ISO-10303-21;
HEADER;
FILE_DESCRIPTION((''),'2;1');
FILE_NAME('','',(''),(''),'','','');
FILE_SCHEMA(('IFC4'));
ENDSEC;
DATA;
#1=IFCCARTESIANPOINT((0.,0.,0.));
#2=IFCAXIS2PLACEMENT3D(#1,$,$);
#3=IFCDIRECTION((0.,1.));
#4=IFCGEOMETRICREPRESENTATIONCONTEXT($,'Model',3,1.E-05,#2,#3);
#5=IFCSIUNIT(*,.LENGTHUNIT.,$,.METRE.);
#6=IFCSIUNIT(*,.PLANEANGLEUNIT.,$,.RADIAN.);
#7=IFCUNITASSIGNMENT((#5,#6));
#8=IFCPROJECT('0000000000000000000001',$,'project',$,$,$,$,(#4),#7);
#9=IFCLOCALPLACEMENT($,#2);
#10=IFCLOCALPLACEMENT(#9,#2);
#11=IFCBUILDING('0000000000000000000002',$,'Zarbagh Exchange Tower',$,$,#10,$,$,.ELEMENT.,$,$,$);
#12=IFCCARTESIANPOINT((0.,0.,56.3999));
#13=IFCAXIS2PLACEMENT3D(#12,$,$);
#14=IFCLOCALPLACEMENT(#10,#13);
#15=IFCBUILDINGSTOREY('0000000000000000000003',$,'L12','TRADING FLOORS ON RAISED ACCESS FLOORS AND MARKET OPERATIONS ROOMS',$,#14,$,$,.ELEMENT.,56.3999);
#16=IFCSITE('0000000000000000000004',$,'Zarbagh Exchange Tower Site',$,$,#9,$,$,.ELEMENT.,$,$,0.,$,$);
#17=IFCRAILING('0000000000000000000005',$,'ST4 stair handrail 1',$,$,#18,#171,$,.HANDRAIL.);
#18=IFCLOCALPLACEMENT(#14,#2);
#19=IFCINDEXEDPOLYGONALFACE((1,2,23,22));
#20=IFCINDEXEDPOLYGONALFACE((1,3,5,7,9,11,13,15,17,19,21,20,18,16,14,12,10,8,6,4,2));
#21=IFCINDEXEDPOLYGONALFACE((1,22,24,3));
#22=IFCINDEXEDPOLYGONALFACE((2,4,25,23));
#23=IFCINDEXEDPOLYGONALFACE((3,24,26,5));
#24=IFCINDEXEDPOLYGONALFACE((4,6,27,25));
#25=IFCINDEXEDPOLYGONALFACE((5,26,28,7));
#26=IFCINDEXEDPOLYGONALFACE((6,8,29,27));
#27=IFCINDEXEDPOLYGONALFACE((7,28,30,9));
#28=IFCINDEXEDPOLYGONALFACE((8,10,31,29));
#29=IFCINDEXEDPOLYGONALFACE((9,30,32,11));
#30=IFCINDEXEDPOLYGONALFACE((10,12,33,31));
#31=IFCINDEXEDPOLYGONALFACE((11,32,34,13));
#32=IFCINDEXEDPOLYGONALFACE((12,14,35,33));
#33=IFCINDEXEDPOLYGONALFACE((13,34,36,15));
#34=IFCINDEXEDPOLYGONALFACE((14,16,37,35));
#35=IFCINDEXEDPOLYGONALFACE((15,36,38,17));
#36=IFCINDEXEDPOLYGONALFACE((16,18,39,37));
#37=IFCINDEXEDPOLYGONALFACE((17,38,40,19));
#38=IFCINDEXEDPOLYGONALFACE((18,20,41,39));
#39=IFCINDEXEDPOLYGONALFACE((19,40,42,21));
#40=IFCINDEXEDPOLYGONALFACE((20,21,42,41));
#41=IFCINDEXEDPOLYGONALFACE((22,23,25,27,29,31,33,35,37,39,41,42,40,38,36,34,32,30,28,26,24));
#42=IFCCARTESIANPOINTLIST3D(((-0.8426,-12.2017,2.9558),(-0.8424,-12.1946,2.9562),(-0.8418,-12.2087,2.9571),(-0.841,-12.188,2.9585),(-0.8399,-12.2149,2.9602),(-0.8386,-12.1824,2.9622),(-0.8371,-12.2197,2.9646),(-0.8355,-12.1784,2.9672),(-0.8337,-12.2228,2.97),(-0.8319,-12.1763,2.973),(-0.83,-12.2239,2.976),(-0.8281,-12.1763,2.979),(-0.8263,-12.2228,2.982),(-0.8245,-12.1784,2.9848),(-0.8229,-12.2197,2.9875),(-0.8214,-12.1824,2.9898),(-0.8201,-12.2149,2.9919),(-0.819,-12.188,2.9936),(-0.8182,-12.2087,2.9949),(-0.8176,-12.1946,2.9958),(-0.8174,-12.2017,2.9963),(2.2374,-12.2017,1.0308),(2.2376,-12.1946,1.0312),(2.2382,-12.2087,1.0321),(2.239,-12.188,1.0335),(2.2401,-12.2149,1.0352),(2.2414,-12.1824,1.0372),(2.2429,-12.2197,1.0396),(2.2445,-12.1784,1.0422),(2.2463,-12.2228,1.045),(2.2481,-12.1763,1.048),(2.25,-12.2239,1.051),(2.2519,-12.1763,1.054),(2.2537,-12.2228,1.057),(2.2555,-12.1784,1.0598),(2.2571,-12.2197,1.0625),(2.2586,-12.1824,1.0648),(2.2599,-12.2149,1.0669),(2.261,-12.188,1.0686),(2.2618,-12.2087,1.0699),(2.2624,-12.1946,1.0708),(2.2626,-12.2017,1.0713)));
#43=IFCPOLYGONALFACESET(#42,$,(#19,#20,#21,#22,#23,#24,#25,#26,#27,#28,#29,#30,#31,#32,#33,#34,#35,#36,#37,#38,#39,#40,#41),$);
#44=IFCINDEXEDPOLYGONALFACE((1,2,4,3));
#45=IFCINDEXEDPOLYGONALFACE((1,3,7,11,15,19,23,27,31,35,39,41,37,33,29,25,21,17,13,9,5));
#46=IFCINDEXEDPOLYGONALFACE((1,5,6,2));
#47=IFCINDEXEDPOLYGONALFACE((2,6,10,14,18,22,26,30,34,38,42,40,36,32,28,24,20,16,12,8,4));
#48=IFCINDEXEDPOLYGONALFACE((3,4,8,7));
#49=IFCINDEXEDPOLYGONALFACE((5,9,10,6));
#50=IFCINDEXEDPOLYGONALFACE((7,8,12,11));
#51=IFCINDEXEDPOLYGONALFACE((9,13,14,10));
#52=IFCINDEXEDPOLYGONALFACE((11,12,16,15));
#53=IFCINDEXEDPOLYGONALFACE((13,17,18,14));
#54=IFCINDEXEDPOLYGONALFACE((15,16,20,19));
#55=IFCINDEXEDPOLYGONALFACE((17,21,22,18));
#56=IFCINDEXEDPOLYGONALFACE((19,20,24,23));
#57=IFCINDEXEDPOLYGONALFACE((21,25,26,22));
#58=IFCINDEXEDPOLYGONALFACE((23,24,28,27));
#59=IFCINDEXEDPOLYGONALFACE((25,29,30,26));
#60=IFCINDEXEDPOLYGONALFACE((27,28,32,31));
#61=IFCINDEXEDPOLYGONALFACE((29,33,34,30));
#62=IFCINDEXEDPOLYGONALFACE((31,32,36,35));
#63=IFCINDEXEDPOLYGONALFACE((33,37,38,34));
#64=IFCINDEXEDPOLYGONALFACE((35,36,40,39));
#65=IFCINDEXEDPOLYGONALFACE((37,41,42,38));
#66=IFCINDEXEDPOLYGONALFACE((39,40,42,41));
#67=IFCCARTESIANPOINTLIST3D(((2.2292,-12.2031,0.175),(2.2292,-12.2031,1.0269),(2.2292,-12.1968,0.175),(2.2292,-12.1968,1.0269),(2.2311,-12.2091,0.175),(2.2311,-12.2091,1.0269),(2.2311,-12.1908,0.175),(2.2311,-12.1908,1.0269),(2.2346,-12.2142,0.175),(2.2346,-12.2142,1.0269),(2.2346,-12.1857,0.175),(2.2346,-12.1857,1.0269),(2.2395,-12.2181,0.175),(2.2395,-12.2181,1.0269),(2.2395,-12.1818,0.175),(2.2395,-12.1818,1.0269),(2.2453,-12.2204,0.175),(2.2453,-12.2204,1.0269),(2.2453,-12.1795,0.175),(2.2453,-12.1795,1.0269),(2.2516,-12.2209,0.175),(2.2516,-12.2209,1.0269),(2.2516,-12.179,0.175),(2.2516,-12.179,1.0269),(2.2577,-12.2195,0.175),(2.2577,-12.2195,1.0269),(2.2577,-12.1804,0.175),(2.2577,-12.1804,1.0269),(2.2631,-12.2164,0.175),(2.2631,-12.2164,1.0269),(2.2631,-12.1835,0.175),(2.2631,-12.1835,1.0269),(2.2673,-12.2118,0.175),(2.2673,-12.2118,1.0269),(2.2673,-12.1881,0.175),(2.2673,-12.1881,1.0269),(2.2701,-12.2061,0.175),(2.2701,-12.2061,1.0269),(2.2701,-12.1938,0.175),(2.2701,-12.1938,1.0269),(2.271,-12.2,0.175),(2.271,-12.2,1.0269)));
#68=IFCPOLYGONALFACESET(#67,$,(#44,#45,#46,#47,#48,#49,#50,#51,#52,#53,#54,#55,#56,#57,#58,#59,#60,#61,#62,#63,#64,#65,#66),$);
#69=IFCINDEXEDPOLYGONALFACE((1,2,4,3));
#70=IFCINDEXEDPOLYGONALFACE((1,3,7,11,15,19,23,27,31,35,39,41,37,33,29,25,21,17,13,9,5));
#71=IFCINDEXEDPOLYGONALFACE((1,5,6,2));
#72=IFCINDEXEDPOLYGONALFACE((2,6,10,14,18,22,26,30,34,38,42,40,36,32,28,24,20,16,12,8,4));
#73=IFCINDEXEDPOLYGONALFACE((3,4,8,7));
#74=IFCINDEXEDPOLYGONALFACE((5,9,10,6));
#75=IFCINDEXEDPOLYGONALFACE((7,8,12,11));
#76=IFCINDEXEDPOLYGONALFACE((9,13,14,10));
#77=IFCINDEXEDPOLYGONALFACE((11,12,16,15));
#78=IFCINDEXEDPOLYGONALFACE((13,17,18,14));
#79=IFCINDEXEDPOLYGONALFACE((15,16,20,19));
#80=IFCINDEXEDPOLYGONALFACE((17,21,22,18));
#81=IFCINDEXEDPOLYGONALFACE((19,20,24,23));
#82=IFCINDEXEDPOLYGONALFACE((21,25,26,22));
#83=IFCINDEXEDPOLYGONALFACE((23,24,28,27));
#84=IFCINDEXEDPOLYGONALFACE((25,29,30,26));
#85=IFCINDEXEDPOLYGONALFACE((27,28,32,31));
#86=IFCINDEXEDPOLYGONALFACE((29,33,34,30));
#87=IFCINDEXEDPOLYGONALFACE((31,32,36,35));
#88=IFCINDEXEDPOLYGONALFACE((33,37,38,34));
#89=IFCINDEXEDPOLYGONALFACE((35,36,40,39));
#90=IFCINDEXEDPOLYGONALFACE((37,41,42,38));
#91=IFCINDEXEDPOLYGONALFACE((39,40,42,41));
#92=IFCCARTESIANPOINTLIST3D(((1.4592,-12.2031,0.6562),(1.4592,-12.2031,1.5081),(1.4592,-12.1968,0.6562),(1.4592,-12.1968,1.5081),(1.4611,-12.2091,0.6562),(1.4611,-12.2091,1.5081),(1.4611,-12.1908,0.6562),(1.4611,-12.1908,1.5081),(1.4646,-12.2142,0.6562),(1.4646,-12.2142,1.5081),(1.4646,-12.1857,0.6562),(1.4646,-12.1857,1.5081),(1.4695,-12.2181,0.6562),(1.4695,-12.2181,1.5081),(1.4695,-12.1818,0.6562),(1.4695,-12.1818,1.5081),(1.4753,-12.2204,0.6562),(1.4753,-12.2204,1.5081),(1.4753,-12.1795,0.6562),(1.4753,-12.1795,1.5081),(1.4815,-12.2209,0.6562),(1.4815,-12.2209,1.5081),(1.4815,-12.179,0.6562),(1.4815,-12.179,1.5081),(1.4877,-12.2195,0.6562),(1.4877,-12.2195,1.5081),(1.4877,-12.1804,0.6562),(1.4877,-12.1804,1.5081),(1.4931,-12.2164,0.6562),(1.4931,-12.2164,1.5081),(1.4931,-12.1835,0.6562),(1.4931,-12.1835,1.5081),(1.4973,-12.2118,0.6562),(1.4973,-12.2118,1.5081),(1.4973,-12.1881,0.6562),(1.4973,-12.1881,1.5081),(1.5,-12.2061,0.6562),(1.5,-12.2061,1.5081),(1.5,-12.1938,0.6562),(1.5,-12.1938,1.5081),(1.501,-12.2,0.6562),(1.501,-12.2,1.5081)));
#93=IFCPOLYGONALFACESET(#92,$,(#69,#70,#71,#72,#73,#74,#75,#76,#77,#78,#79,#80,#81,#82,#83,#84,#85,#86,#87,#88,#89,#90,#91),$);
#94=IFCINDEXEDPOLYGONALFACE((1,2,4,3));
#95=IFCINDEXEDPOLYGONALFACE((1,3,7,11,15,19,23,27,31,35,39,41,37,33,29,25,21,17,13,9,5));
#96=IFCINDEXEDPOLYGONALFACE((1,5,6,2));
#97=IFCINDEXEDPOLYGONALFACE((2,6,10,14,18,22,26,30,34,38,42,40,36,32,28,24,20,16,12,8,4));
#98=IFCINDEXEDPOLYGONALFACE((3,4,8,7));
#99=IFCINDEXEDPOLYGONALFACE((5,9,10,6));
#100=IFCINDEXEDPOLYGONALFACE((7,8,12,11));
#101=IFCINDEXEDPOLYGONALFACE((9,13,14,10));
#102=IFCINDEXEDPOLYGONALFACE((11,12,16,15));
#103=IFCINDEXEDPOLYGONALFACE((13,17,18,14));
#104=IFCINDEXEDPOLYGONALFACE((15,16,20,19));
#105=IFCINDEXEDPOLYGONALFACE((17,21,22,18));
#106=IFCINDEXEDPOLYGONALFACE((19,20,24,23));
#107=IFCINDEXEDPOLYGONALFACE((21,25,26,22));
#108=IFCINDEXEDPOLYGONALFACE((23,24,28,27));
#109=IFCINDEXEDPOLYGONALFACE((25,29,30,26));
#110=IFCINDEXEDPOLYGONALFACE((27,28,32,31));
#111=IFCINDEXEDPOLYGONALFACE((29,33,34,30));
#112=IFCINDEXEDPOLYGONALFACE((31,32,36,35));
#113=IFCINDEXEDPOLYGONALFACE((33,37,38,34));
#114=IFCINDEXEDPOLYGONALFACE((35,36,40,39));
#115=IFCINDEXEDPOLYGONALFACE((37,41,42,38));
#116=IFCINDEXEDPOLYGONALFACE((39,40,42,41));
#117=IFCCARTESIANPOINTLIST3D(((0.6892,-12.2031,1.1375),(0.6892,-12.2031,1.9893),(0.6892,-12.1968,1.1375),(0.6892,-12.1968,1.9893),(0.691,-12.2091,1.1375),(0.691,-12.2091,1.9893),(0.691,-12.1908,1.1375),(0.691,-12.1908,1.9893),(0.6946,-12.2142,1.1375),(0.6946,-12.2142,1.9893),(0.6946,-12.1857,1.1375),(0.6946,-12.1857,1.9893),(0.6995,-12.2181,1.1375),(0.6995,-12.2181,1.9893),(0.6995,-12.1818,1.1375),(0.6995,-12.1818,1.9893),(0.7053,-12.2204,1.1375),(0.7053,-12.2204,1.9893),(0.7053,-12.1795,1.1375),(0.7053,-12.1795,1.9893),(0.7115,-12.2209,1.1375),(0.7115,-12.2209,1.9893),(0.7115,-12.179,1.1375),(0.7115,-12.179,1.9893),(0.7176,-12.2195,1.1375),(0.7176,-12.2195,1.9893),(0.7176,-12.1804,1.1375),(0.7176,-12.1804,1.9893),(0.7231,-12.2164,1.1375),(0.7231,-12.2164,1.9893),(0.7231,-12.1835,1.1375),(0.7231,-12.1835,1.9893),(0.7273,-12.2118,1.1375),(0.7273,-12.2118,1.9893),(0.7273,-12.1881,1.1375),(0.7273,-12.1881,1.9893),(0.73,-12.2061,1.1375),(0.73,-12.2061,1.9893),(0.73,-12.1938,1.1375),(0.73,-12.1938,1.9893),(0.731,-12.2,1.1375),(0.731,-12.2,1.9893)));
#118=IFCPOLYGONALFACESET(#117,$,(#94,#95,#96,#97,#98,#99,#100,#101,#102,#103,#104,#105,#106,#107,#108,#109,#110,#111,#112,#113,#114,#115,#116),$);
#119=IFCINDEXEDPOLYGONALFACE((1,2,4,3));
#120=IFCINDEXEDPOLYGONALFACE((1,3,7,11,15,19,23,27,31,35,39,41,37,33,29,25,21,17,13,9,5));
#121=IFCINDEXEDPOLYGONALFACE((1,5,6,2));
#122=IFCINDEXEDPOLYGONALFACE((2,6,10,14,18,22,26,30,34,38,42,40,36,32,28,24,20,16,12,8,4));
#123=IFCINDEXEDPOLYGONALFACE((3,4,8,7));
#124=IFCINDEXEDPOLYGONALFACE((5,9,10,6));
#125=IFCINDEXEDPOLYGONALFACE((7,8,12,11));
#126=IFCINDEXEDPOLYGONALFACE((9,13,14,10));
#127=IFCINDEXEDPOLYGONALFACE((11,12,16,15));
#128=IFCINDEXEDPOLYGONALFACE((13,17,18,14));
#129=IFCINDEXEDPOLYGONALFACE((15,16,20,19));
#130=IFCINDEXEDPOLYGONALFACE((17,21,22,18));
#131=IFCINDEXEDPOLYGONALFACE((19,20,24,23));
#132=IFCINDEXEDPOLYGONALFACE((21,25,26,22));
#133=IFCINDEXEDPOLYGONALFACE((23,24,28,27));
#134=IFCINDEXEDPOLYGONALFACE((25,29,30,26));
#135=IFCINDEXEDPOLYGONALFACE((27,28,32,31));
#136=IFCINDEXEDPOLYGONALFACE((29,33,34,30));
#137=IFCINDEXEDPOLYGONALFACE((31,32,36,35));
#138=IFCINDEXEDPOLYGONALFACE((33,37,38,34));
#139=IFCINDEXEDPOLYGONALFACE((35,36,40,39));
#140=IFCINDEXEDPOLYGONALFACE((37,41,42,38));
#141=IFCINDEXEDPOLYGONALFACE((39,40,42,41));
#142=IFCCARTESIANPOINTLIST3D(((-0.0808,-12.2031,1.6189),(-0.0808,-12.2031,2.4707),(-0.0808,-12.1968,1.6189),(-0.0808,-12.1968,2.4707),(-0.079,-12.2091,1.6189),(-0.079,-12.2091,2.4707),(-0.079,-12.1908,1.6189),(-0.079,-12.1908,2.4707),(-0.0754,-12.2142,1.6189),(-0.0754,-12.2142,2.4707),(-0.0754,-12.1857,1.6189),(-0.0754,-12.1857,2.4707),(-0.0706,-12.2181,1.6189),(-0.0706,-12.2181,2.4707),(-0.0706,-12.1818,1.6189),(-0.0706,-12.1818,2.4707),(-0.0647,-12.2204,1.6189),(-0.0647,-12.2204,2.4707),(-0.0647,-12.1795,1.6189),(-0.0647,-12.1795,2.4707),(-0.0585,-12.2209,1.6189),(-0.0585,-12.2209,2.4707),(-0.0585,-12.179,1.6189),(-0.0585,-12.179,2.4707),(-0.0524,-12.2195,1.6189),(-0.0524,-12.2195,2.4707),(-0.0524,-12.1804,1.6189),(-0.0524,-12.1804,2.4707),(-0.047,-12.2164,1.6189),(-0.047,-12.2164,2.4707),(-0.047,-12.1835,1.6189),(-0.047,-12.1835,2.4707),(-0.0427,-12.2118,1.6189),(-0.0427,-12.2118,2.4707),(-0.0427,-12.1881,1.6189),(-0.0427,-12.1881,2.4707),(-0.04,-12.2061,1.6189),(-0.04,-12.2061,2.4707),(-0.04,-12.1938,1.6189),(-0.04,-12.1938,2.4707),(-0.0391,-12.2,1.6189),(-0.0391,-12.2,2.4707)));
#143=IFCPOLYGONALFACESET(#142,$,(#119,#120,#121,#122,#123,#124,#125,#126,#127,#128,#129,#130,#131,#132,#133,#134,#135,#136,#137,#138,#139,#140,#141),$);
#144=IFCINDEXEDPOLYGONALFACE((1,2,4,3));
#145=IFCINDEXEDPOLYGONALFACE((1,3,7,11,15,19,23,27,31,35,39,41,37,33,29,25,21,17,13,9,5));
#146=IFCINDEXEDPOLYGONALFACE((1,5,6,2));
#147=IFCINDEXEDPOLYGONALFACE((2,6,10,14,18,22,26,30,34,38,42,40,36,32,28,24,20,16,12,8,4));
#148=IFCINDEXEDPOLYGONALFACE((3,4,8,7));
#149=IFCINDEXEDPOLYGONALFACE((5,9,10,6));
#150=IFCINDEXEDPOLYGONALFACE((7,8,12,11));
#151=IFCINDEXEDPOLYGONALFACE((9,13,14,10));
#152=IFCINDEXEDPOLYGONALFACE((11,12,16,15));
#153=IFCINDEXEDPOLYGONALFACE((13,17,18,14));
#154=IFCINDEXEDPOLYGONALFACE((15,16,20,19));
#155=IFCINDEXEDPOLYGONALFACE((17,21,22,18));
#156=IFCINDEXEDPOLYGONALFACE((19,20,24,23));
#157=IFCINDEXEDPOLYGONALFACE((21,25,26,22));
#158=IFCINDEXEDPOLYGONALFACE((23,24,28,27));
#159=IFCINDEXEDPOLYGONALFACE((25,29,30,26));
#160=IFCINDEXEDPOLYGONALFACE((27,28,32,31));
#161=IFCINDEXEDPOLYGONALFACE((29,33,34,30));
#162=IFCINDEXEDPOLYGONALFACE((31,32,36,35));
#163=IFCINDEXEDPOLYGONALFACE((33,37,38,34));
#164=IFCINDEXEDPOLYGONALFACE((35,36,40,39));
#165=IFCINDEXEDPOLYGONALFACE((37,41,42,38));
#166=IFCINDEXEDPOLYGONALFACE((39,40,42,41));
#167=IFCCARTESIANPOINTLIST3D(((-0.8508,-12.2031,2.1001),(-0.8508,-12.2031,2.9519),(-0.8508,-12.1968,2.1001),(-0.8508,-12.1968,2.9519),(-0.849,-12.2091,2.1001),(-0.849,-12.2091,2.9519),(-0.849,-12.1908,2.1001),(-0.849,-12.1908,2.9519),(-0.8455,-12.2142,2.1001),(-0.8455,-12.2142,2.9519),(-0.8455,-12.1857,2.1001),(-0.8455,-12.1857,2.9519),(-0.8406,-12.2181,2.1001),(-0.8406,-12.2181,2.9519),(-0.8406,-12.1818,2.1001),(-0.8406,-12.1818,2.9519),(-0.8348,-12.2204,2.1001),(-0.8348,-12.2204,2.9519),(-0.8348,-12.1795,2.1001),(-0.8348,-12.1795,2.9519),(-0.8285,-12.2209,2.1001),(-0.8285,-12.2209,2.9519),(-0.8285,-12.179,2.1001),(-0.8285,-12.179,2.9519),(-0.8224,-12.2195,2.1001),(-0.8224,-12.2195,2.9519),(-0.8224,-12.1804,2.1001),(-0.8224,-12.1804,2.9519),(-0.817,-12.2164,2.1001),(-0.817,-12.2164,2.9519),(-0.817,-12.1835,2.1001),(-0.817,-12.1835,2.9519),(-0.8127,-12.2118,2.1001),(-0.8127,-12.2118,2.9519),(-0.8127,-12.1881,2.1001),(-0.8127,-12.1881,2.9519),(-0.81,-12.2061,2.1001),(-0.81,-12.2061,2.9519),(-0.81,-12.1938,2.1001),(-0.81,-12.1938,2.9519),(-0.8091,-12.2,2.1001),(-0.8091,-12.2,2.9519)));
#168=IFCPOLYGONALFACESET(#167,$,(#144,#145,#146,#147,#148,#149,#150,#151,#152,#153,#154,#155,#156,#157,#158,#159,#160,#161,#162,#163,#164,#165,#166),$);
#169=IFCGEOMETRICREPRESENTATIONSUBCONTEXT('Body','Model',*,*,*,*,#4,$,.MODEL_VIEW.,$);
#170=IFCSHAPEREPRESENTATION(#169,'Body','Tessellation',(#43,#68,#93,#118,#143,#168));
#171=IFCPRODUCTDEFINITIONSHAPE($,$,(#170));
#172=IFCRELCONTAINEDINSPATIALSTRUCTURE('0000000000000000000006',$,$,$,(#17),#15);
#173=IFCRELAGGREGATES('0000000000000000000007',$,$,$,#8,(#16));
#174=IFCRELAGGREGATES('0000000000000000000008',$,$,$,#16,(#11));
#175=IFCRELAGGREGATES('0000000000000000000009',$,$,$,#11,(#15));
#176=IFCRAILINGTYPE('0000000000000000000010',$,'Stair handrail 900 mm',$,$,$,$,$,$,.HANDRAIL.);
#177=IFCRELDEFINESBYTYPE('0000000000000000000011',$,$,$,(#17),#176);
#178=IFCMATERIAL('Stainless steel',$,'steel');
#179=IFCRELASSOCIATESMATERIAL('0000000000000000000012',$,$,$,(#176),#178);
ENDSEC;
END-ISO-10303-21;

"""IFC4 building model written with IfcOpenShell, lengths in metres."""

from ifc_helpers import new_model, si_unit, direction, frame, origin, origin_2d, place, context, subcontext, project, spatial, circle, extrude, material, type_object, element, save


model = new_model("IFC4")

# Units and contexts
model_context = context("Model", 3, precision=1e-05, world=origin(), true_north=direction((0.0, 1.0)))
body_context = subcontext(model_context, "Body", "Model", "MODEL_VIEW")
ifc_project = project(units=[si_unit("LENGTHUNIT", "METRE"), si_unit("PLANEANGLEUNIT", "RADIAN")], contexts=[model_context])

# Site, building, storey
site_placement = place(None, origin())
site = spatial("IfcSite", under=ifc_project, at=site_placement, Name="Zarbagh Exchange Tower Site", CompositionType="ELEMENT", RefElevation=0.0)
building_placement = place(site_placement, origin())
building = spatial("IfcBuilding", under=site, at=building_placement, Name="Zarbagh Exchange Tower", CompositionType="ELEMENT")
storey_placement = place(building_placement, frame((0.0, 0.0, 56.3999)))
storey = spatial("IfcBuildingStorey", under=building, at=storey_placement, Name="L12", Description="TRADING FLOORS ON RAISED ACCESS FLOORS AND MARKET OPERATIONS ROOMS", CompositionType="ELEMENT", Elevation=56.3999)

# Railing
ifc_material_1 = material(Name="Stainless steel", Category="steel")
railing_type_1 = type_object("IfcRailingType", Name="Stair handrail 900 mm", PredefinedType="HANDRAIL", material=ifc_material_1)
for number, where, name in (
    (1, (2.25, -12.2, 0.175), "ST4 stair handrail 1"),
):
    element("IfcRailing", number, at=place(storey_placement, frame(where)), inside=storey, type_object=railing_type_1, Name=name, PredefinedType="HANDRAIL", context=body_context, shape_type="SweptSolid", body=[
        extrude(circle(Radius=0.0239, at=origin_2d()), frame((0.0, 0.0, 0.876), z_axis=(-0.847998, 0.0, 0.529999), x_axis=(0.0, -1.0, 0.0)), (0.0, 0.0, 1.0), 3.6321),
        extrude(circle(Radius=0.021, at=origin_2d()), origin(), (0.0, 0.0, 1.0), 0.8518),
        extrude(circle(Radius=0.021, at=origin_2d()), frame((-0.77, 0.0, 0.4812)), (0.0, 0.0, 1.0), 0.8518),
        extrude(circle(Radius=0.021, at=origin_2d()), frame((-1.54, 0.0, 0.9624)), (0.0, 0.0, 1.0), 0.8518),
        extrude(circle(Radius=0.021, at=origin_2d()), frame((-2.3101, 0.0, 1.4438)), (0.0, 0.0, 1.0), 0.8518),
        extrude(circle(Radius=0.021, at=origin_2d()), frame((-3.0801, 0.0, 1.925)), (0.0, 0.0, 1.0), 0.8518),
    ])

save(model, "model.ifc")
